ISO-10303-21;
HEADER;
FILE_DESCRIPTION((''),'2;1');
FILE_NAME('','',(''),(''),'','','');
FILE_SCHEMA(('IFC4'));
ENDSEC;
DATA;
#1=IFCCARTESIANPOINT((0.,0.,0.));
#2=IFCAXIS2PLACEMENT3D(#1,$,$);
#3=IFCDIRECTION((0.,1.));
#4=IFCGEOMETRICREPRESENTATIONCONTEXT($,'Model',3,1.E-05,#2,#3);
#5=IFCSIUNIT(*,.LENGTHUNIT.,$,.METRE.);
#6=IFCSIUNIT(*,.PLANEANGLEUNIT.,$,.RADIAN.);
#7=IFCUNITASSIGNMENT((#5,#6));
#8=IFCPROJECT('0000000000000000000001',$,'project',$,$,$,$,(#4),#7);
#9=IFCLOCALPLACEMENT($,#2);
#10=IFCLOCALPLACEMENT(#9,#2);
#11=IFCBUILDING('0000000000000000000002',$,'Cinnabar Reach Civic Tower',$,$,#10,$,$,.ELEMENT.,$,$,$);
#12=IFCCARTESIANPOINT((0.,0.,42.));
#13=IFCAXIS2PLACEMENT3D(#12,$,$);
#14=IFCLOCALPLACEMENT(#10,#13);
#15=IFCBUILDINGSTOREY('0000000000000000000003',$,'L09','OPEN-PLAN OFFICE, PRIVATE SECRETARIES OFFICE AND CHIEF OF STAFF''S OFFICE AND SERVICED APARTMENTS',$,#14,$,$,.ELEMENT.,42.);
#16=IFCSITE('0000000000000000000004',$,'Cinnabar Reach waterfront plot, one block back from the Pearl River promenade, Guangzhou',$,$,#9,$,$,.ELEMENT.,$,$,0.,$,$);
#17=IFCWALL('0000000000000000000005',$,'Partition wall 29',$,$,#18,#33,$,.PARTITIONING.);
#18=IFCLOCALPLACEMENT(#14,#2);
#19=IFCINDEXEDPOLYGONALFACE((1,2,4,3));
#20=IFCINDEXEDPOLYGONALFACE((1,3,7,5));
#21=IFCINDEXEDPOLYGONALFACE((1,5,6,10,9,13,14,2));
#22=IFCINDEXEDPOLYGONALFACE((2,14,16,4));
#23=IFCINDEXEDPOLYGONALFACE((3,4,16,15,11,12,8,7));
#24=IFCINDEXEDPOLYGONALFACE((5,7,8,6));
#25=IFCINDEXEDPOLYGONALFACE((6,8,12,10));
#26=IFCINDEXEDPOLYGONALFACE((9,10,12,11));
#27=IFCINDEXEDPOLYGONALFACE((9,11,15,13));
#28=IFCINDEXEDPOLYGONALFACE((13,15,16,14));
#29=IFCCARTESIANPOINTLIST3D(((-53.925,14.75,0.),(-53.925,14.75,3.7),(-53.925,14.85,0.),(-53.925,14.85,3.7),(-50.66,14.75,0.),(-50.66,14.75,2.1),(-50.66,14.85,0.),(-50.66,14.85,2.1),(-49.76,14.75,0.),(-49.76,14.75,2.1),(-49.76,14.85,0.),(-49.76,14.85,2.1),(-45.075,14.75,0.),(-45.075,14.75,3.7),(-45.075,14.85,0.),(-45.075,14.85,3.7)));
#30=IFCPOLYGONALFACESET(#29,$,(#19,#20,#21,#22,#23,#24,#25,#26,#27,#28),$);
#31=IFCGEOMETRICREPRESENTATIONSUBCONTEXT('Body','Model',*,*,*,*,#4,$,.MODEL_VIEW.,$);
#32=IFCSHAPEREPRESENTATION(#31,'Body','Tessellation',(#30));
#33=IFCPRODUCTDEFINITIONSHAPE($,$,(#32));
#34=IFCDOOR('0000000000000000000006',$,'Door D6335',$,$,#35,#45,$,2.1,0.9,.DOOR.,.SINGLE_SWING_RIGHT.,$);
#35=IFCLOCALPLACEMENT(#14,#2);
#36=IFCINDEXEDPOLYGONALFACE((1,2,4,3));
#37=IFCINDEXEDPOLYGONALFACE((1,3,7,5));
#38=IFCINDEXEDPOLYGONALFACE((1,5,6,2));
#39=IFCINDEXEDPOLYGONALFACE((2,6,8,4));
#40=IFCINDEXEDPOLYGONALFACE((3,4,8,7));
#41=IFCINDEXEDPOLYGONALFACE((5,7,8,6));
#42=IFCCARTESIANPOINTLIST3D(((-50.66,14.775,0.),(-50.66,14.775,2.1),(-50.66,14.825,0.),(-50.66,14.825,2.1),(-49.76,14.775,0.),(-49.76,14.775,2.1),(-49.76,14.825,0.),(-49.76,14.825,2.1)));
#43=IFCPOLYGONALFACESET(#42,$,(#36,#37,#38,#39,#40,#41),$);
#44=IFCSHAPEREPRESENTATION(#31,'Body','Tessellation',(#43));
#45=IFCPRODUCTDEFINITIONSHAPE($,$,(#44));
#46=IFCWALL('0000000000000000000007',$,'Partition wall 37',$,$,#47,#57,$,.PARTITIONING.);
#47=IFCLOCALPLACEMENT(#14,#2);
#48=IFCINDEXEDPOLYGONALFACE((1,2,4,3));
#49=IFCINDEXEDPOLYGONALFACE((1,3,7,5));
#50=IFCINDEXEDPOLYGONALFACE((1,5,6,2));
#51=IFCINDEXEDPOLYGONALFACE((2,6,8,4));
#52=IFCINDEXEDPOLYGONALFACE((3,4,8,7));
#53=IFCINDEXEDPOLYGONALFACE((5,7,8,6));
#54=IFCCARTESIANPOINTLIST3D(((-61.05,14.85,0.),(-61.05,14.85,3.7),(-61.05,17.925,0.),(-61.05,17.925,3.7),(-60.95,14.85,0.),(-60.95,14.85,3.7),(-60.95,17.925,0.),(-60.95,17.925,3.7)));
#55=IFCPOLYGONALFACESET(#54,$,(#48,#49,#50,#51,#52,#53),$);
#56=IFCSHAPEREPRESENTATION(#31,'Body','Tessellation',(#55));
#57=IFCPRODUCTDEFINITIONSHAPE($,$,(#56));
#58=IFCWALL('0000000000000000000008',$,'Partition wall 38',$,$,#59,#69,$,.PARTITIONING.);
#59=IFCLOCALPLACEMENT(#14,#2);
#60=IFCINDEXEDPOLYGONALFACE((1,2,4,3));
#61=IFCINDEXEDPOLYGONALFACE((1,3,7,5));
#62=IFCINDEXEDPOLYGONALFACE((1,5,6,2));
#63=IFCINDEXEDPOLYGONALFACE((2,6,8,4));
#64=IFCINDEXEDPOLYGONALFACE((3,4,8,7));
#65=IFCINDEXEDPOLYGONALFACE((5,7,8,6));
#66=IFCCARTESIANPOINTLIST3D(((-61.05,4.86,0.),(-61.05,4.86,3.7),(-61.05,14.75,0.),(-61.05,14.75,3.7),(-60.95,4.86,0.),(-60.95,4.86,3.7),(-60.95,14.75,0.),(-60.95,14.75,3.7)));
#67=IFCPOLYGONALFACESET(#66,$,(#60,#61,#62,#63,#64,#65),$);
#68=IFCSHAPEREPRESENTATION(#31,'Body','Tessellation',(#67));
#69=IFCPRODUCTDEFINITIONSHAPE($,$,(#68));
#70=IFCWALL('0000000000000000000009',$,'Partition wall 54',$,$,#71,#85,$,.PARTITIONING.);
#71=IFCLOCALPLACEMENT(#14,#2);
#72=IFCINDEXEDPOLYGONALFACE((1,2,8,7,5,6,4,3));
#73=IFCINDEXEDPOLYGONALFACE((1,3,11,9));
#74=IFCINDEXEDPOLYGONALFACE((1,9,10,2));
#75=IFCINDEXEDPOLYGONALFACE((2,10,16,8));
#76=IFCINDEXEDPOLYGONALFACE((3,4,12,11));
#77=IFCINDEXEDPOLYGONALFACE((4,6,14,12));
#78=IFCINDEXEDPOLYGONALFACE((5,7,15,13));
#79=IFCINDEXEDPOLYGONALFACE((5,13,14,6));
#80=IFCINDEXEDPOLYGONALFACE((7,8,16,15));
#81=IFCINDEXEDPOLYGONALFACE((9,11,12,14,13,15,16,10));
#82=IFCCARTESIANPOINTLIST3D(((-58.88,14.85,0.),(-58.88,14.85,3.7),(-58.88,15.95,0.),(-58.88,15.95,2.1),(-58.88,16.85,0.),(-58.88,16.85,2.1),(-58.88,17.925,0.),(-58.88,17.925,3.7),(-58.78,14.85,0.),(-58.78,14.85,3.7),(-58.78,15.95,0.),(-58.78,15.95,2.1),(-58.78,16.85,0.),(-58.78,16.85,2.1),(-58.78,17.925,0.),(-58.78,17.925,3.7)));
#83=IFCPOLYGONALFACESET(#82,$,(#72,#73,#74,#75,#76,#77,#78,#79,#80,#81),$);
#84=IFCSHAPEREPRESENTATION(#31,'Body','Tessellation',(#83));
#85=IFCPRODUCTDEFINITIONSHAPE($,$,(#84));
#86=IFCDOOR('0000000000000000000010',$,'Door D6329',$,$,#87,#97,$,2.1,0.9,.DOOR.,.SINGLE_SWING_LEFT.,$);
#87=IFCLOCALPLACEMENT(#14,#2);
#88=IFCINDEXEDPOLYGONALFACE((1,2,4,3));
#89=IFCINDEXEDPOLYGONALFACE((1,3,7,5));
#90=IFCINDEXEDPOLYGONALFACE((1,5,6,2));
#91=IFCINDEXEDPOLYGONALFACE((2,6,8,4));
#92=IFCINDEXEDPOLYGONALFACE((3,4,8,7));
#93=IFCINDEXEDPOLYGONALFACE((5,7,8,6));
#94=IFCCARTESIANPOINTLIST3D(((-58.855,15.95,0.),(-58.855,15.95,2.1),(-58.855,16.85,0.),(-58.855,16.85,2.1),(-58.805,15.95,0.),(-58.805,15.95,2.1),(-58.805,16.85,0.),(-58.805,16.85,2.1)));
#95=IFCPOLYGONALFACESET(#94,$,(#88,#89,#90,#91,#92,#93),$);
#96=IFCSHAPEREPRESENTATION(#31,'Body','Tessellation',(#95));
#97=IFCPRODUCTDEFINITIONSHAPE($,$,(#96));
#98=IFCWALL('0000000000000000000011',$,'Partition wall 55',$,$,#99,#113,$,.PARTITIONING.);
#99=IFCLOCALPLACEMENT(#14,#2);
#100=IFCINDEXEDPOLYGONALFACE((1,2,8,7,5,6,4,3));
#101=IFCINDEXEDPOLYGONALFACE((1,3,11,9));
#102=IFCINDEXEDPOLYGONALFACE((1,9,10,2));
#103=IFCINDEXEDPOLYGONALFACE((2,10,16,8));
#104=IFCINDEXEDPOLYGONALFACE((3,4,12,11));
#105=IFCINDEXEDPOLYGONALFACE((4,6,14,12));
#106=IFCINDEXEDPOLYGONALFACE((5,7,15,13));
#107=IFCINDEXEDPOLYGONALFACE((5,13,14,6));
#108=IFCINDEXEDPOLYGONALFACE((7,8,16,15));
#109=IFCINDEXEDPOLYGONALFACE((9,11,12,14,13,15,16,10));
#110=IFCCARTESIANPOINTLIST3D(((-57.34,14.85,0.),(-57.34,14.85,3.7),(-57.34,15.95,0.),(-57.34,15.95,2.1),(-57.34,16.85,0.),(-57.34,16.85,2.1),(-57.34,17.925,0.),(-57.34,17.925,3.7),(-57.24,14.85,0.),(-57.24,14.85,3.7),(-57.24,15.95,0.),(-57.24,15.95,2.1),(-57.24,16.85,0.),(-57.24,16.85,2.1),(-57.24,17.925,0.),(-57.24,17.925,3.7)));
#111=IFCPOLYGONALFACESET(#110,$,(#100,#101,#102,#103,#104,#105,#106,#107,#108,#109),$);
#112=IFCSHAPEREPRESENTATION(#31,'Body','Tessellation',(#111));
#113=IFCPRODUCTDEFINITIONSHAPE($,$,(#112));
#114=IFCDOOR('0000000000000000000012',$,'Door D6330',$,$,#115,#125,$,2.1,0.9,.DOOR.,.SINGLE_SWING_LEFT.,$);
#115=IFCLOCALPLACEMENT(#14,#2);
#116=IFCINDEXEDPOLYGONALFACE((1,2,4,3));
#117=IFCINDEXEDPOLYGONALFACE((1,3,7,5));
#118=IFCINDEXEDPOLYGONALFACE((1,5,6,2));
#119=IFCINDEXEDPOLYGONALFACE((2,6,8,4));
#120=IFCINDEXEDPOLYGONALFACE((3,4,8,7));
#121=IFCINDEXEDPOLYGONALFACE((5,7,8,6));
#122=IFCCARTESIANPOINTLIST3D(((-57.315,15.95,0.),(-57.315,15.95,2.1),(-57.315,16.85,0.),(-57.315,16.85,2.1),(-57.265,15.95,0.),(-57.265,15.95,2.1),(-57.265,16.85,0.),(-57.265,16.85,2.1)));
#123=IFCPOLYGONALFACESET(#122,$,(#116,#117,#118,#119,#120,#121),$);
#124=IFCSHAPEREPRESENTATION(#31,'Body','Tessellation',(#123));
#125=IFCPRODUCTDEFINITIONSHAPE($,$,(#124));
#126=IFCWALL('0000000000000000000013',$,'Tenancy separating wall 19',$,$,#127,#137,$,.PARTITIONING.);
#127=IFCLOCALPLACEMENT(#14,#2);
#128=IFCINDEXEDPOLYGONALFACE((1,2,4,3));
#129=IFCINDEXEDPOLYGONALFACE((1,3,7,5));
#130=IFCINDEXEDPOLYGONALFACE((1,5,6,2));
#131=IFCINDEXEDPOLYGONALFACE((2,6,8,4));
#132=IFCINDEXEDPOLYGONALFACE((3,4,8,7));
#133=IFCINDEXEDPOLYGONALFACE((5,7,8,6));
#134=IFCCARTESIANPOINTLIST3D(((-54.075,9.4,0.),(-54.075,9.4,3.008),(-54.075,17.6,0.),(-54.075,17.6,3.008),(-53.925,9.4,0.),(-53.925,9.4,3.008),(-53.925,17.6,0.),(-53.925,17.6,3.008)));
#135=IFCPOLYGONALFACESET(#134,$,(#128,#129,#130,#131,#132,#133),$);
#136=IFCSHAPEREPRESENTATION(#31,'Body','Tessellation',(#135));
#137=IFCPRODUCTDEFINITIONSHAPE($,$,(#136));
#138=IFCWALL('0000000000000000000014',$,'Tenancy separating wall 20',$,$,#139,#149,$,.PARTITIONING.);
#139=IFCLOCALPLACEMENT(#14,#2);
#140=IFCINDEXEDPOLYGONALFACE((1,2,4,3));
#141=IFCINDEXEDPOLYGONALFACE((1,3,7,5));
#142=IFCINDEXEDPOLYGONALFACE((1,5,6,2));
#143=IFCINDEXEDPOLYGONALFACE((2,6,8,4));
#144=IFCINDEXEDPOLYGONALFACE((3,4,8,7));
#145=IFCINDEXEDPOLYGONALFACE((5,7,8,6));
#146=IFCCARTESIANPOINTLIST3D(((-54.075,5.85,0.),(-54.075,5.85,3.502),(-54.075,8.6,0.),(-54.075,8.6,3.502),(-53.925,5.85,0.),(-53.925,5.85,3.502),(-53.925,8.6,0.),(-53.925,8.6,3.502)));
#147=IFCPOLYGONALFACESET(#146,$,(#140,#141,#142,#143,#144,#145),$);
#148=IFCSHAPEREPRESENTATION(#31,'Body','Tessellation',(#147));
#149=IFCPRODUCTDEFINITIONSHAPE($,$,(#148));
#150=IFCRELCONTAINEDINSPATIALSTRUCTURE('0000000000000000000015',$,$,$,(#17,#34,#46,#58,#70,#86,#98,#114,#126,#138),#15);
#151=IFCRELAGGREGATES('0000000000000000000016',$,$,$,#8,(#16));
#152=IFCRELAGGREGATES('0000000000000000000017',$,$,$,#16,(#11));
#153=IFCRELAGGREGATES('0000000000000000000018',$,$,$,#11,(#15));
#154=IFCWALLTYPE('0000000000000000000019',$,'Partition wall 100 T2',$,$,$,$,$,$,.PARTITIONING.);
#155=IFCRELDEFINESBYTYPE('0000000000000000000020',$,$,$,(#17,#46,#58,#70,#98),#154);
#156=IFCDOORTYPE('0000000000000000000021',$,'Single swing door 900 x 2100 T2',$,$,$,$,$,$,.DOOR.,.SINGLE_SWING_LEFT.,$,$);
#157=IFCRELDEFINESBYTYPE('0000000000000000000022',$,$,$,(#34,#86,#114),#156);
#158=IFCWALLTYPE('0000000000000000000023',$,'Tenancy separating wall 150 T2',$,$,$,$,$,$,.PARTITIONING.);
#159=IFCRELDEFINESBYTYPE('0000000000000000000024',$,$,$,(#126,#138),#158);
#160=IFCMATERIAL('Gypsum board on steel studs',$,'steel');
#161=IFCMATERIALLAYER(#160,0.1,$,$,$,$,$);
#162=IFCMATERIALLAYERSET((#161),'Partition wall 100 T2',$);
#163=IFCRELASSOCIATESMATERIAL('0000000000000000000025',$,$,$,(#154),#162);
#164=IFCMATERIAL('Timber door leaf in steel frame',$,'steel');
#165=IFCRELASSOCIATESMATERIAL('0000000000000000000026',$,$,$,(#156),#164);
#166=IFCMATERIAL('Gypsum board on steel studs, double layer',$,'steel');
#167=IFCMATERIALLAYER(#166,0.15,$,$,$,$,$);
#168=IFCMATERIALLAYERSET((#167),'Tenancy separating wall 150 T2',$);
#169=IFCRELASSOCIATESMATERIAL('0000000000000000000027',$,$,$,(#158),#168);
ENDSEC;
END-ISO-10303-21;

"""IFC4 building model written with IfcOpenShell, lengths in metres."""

from ifc_helpers import new_model, si_unit, direction, frame, frame_2d, origin, place, context, subcontext, project, spatial, rectangle, extrude, material, layer, layer_set, type_object, element, fill, save


model = new_model("IFC4")

# Units and contexts
model_context = context("Model", 3, precision=1e-05, world=origin(), true_north=direction((0.0, 1.0)))
body_context = subcontext(model_context, "Body", "Model", "MODEL_VIEW")
ifc_project = project(units=[si_unit("LENGTHUNIT", "METRE"), si_unit("PLANEANGLEUNIT", "RADIAN")], contexts=[model_context])

# Site, building, storey
site_placement = place(None, origin())
site = spatial("IfcSite", under=ifc_project, at=site_placement, Name="Cinnabar Reach waterfront plot, one block back from the Pearl River promenade, Guangzhou", CompositionType="ELEMENT", RefElevation=0.0)
building_placement = place(site_placement, origin())
building = spatial("IfcBuilding", under=site, at=building_placement, Name="Cinnabar Reach Civic Tower", CompositionType="ELEMENT")
storey_placement = place(building_placement, frame((0.0, 0.0, 42.0)))
storey = spatial("IfcBuildingStorey", under=building, at=storey_placement, Name="L09", Description="OPEN-PLAN OFFICE, PRIVATE SECRETARIES OFFICE AND CHIEF OF STAFF'S OFFICE AND SERVICED APARTMENTS", CompositionType="ELEMENT", Elevation=42.0)

# Wall, opening, door
ifc_material_1 = material(Name="Gypsum board on steel studs", Category="steel")
ifc_layer_1 = layer(ifc_material_1, 0.1)
ifc_layer_set_1 = layer_set([ifc_layer_1], Name="Partition wall 100 T2")
wall_type_1 = type_object("IfcWallType", Name="Partition wall 100 T2", PredefinedType="PARTITIONING", material=ifc_layer_set_1)
ifc_material_2 = material(Name="Timber door leaf in steel frame", Category="steel")
door_type = type_object("IfcDoorType", Name="Single swing door 900 x 2100 T2", OperationType="SINGLE_SWING_LEFT", PredefinedType="DOOR", material=ifc_material_2)
wall_1_placement = place(storey_placement, frame((-53.925, 14.8, 0.0), z_axis=(0.0, 0.0, 1.0), x_axis=(1.0, 0.0, 0.0)))
wall_1 = element("IfcWall", 1, at=wall_1_placement, inside=storey, type_object=wall_type_1, Name="Partition wall 29", PredefinedType="PARTITIONING", context=body_context, shape_type="SweptSolid", body=[
    extrude(rectangle(XDim=8.85, YDim=0.1, at=frame_2d((4.425, 0.0))), origin(), (0.0, 0.0, 1.0), 3.7),
])
opening_1_placement = place(wall_1_placement, frame((3.265, 0.0, 0.0)))
opening_1 = element("IfcOpeningElement", 2, at=opening_1_placement, cuts=wall_1, PredefinedType="OPENING", context=body_context, shape_type="SweptSolid", body=[
    extrude(rectangle(XDim=0.9, YDim=2.1, at=frame_2d((0.45, 1.05))), frame((0.0, 0.06, 0.0), z_axis=(0.0, -1.0, 0.0), x_axis=(1.0, 0.0, 0.0)), (0.0, 0.0, 1.0), 0.12),
])
door_1_placement = place(opening_1_placement, origin())
door_1 = element("IfcDoor", 3, at=door_1_placement, inside=storey, type_object=door_type, Name="Door D6335", OperationType="SINGLE_SWING_RIGHT", OverallHeight=2.1, OverallWidth=0.9, PredefinedType="DOOR", context=body_context, shape_type="SweptSolid", body=[
    extrude(rectangle(XDim=0.9, YDim=2.1, at=frame_2d((0.45, 1.05))), frame((0.0, 0.025, 0.0), z_axis=(0.0, -1.0, 0.0), x_axis=(1.0, 0.0, 0.0)), (0.0, 0.0, 1.0), 0.05),
])
fill(opening_1, door_1)

# Walls
wall_2_placement = place(storey_placement, frame((-61.0, 14.85, 0.0), z_axis=(0.0, 0.0, 1.0), x_axis=(0.0, 1.0, 0.0)))
element("IfcWall", 4, at=wall_2_placement, inside=storey, type_object=wall_type_1, Name="Partition wall 37", PredefinedType="PARTITIONING", context=body_context, shape_type="SweptSolid", body=[
    extrude(rectangle(XDim=3.075, YDim=0.1, at=frame_2d((1.5375, 0.0))), origin(), (0.0, 0.0, 1.0), 3.7),
])
wall_3_placement = place(storey_placement, frame((-61.0, 4.86, 0.0), z_axis=(0.0, 0.0, 1.0), x_axis=(0.0, 1.0, 0.0)))
element("IfcWall", 5, at=wall_3_placement, inside=storey, type_object=wall_type_1, Name="Partition wall 38", PredefinedType="PARTITIONING", context=body_context, shape_type="SweptSolid", body=[
    extrude(rectangle(XDim=9.89, YDim=0.1, at=frame_2d((4.945, 0.0))), origin(), (0.0, 0.0, 1.0), 3.7),
])

# Walls, openings, doors
wall_4_placement = place(storey_placement, frame((-58.83, 14.85, 0.0), z_axis=(0.0, 0.0, 1.0), x_axis=(0.0, 1.0, 0.0)))
wall_4 = element("IfcWall", 6, at=wall_4_placement, inside=storey, type_object=wall_type_1, Name="Partition wall 54", PredefinedType="PARTITIONING", context=body_context, shape_type="SweptSolid", body=[
    extrude(rectangle(XDim=3.075, YDim=0.1, at=frame_2d((1.5375, 0.0))), origin(), (0.0, 0.0, 1.0), 3.7),
])
opening_2_placement = place(wall_4_placement, frame((1.1, 0.0, 0.0)))
opening_2 = element("IfcOpeningElement", 7, at=opening_2_placement, cuts=wall_4, PredefinedType="OPENING", context=body_context, shape_type="SweptSolid", body=[
    extrude(rectangle(XDim=0.9, YDim=2.1, at=frame_2d((0.45, 1.05))), frame((0.0, 0.06, 0.0), z_axis=(0.0, -1.0, 0.0), x_axis=(1.0, 0.0, 0.0)), (0.0, 0.0, 1.0), 0.12),
])
door_2_placement = place(opening_2_placement, origin())
door_2 = element("IfcDoor", 8, at=door_2_placement, inside=storey, type_object=door_type, Name="Door D6329", OperationType="SINGLE_SWING_LEFT", OverallHeight=2.1, OverallWidth=0.9, PredefinedType="DOOR", context=body_context, shape_type="SweptSolid", body=[
    extrude(rectangle(XDim=0.9, YDim=2.1, at=frame_2d((0.45, 1.05))), frame((0.0, 0.025, 0.0), z_axis=(0.0, -1.0, 0.0), x_axis=(1.0, 0.0, 0.0)), (0.0, 0.0, 1.0), 0.05),
])
fill(opening_2, door_2)
wall_5_placement = place(storey_placement, frame((-57.29, 14.85, 0.0), z_axis=(0.0, 0.0, 1.0), x_axis=(0.0, 1.0, 0.0)))
wall_5 = element("IfcWall", 9, at=wall_5_placement, inside=storey, type_object=wall_type_1, Name="Partition wall 55", PredefinedType="PARTITIONING", context=body_context, shape_type="SweptSolid", body=[
    extrude(rectangle(XDim=3.075, YDim=0.1, at=frame_2d((1.5375, 0.0))), origin(), (0.0, 0.0, 1.0), 3.7),
])
opening_3_placement = place(wall_5_placement, frame((1.1, 0.0, 0.0)))
opening_3 = element("IfcOpeningElement", 10, at=opening_3_placement, cuts=wall_5, PredefinedType="OPENING", context=body_context, shape_type="SweptSolid", body=[
    extrude(rectangle(XDim=0.9, YDim=2.1, at=frame_2d((0.45, 1.05))), frame((0.0, 0.06, 0.0), z_axis=(0.0, -1.0, 0.0), x_axis=(1.0, 0.0, 0.0)), (0.0, 0.0, 1.0), 0.12),
])
door_3_placement = place(opening_3_placement, origin())
door_3 = element("IfcDoor", 11, at=door_3_placement, inside=storey, type_object=door_type, Name="Door D6330", OperationType="SINGLE_SWING_LEFT", OverallHeight=2.1, OverallWidth=0.9, PredefinedType="DOOR", context=body_context, shape_type="SweptSolid", body=[
    extrude(rectangle(XDim=0.9, YDim=2.1, at=frame_2d((0.45, 1.05))), frame((0.0, 0.025, 0.0), z_axis=(0.0, -1.0, 0.0), x_axis=(1.0, 0.0, 0.0)), (0.0, 0.0, 1.0), 0.05),
])
fill(opening_3, door_3)

# Walls
ifc_material_3 = material(Name="Gypsum board on steel studs, double layer", Category="steel")
ifc_layer_2 = layer(ifc_material_3, 0.15)
ifc_layer_set_2 = layer_set([ifc_layer_2], Name="Tenancy separating wall 150 T2")
wall_type_2 = type_object("IfcWallType", Name="Tenancy separating wall 150 T2", PredefinedType="PARTITIONING", material=ifc_layer_set_2)
wall_6_placement = place(storey_placement, frame((-54.0, 9.4, 0.0), z_axis=(0.0, 0.0, 1.0), x_axis=(0.0, 1.0, 0.0)))
element("IfcWall", 12, at=wall_6_placement, inside=storey, type_object=wall_type_2, Name="Tenancy separating wall 19", PredefinedType="PARTITIONING", context=body_context, shape_type="SweptSolid", body=[
    extrude(rectangle(XDim=8.2, YDim=0.15, at=frame_2d((4.1, 0.0))), origin(), (0.0, 0.0, 1.0), 3.008),
])
wall_7_placement = place(storey_placement, frame((-54.0, 5.85, 0.0), z_axis=(0.0, 0.0, 1.0), x_axis=(0.0, 1.0, 0.0)))
element("IfcWall", 13, at=wall_7_placement, inside=storey, type_object=wall_type_2, Name="Tenancy separating wall 20", PredefinedType="PARTITIONING", context=body_context, shape_type="SweptSolid", body=[
    extrude(rectangle(XDim=2.75, YDim=0.15, at=frame_2d((1.375, 0.0))), origin(), (0.0, 0.0, 1.0), 3.502),
])

save(model, "model.ifc")
